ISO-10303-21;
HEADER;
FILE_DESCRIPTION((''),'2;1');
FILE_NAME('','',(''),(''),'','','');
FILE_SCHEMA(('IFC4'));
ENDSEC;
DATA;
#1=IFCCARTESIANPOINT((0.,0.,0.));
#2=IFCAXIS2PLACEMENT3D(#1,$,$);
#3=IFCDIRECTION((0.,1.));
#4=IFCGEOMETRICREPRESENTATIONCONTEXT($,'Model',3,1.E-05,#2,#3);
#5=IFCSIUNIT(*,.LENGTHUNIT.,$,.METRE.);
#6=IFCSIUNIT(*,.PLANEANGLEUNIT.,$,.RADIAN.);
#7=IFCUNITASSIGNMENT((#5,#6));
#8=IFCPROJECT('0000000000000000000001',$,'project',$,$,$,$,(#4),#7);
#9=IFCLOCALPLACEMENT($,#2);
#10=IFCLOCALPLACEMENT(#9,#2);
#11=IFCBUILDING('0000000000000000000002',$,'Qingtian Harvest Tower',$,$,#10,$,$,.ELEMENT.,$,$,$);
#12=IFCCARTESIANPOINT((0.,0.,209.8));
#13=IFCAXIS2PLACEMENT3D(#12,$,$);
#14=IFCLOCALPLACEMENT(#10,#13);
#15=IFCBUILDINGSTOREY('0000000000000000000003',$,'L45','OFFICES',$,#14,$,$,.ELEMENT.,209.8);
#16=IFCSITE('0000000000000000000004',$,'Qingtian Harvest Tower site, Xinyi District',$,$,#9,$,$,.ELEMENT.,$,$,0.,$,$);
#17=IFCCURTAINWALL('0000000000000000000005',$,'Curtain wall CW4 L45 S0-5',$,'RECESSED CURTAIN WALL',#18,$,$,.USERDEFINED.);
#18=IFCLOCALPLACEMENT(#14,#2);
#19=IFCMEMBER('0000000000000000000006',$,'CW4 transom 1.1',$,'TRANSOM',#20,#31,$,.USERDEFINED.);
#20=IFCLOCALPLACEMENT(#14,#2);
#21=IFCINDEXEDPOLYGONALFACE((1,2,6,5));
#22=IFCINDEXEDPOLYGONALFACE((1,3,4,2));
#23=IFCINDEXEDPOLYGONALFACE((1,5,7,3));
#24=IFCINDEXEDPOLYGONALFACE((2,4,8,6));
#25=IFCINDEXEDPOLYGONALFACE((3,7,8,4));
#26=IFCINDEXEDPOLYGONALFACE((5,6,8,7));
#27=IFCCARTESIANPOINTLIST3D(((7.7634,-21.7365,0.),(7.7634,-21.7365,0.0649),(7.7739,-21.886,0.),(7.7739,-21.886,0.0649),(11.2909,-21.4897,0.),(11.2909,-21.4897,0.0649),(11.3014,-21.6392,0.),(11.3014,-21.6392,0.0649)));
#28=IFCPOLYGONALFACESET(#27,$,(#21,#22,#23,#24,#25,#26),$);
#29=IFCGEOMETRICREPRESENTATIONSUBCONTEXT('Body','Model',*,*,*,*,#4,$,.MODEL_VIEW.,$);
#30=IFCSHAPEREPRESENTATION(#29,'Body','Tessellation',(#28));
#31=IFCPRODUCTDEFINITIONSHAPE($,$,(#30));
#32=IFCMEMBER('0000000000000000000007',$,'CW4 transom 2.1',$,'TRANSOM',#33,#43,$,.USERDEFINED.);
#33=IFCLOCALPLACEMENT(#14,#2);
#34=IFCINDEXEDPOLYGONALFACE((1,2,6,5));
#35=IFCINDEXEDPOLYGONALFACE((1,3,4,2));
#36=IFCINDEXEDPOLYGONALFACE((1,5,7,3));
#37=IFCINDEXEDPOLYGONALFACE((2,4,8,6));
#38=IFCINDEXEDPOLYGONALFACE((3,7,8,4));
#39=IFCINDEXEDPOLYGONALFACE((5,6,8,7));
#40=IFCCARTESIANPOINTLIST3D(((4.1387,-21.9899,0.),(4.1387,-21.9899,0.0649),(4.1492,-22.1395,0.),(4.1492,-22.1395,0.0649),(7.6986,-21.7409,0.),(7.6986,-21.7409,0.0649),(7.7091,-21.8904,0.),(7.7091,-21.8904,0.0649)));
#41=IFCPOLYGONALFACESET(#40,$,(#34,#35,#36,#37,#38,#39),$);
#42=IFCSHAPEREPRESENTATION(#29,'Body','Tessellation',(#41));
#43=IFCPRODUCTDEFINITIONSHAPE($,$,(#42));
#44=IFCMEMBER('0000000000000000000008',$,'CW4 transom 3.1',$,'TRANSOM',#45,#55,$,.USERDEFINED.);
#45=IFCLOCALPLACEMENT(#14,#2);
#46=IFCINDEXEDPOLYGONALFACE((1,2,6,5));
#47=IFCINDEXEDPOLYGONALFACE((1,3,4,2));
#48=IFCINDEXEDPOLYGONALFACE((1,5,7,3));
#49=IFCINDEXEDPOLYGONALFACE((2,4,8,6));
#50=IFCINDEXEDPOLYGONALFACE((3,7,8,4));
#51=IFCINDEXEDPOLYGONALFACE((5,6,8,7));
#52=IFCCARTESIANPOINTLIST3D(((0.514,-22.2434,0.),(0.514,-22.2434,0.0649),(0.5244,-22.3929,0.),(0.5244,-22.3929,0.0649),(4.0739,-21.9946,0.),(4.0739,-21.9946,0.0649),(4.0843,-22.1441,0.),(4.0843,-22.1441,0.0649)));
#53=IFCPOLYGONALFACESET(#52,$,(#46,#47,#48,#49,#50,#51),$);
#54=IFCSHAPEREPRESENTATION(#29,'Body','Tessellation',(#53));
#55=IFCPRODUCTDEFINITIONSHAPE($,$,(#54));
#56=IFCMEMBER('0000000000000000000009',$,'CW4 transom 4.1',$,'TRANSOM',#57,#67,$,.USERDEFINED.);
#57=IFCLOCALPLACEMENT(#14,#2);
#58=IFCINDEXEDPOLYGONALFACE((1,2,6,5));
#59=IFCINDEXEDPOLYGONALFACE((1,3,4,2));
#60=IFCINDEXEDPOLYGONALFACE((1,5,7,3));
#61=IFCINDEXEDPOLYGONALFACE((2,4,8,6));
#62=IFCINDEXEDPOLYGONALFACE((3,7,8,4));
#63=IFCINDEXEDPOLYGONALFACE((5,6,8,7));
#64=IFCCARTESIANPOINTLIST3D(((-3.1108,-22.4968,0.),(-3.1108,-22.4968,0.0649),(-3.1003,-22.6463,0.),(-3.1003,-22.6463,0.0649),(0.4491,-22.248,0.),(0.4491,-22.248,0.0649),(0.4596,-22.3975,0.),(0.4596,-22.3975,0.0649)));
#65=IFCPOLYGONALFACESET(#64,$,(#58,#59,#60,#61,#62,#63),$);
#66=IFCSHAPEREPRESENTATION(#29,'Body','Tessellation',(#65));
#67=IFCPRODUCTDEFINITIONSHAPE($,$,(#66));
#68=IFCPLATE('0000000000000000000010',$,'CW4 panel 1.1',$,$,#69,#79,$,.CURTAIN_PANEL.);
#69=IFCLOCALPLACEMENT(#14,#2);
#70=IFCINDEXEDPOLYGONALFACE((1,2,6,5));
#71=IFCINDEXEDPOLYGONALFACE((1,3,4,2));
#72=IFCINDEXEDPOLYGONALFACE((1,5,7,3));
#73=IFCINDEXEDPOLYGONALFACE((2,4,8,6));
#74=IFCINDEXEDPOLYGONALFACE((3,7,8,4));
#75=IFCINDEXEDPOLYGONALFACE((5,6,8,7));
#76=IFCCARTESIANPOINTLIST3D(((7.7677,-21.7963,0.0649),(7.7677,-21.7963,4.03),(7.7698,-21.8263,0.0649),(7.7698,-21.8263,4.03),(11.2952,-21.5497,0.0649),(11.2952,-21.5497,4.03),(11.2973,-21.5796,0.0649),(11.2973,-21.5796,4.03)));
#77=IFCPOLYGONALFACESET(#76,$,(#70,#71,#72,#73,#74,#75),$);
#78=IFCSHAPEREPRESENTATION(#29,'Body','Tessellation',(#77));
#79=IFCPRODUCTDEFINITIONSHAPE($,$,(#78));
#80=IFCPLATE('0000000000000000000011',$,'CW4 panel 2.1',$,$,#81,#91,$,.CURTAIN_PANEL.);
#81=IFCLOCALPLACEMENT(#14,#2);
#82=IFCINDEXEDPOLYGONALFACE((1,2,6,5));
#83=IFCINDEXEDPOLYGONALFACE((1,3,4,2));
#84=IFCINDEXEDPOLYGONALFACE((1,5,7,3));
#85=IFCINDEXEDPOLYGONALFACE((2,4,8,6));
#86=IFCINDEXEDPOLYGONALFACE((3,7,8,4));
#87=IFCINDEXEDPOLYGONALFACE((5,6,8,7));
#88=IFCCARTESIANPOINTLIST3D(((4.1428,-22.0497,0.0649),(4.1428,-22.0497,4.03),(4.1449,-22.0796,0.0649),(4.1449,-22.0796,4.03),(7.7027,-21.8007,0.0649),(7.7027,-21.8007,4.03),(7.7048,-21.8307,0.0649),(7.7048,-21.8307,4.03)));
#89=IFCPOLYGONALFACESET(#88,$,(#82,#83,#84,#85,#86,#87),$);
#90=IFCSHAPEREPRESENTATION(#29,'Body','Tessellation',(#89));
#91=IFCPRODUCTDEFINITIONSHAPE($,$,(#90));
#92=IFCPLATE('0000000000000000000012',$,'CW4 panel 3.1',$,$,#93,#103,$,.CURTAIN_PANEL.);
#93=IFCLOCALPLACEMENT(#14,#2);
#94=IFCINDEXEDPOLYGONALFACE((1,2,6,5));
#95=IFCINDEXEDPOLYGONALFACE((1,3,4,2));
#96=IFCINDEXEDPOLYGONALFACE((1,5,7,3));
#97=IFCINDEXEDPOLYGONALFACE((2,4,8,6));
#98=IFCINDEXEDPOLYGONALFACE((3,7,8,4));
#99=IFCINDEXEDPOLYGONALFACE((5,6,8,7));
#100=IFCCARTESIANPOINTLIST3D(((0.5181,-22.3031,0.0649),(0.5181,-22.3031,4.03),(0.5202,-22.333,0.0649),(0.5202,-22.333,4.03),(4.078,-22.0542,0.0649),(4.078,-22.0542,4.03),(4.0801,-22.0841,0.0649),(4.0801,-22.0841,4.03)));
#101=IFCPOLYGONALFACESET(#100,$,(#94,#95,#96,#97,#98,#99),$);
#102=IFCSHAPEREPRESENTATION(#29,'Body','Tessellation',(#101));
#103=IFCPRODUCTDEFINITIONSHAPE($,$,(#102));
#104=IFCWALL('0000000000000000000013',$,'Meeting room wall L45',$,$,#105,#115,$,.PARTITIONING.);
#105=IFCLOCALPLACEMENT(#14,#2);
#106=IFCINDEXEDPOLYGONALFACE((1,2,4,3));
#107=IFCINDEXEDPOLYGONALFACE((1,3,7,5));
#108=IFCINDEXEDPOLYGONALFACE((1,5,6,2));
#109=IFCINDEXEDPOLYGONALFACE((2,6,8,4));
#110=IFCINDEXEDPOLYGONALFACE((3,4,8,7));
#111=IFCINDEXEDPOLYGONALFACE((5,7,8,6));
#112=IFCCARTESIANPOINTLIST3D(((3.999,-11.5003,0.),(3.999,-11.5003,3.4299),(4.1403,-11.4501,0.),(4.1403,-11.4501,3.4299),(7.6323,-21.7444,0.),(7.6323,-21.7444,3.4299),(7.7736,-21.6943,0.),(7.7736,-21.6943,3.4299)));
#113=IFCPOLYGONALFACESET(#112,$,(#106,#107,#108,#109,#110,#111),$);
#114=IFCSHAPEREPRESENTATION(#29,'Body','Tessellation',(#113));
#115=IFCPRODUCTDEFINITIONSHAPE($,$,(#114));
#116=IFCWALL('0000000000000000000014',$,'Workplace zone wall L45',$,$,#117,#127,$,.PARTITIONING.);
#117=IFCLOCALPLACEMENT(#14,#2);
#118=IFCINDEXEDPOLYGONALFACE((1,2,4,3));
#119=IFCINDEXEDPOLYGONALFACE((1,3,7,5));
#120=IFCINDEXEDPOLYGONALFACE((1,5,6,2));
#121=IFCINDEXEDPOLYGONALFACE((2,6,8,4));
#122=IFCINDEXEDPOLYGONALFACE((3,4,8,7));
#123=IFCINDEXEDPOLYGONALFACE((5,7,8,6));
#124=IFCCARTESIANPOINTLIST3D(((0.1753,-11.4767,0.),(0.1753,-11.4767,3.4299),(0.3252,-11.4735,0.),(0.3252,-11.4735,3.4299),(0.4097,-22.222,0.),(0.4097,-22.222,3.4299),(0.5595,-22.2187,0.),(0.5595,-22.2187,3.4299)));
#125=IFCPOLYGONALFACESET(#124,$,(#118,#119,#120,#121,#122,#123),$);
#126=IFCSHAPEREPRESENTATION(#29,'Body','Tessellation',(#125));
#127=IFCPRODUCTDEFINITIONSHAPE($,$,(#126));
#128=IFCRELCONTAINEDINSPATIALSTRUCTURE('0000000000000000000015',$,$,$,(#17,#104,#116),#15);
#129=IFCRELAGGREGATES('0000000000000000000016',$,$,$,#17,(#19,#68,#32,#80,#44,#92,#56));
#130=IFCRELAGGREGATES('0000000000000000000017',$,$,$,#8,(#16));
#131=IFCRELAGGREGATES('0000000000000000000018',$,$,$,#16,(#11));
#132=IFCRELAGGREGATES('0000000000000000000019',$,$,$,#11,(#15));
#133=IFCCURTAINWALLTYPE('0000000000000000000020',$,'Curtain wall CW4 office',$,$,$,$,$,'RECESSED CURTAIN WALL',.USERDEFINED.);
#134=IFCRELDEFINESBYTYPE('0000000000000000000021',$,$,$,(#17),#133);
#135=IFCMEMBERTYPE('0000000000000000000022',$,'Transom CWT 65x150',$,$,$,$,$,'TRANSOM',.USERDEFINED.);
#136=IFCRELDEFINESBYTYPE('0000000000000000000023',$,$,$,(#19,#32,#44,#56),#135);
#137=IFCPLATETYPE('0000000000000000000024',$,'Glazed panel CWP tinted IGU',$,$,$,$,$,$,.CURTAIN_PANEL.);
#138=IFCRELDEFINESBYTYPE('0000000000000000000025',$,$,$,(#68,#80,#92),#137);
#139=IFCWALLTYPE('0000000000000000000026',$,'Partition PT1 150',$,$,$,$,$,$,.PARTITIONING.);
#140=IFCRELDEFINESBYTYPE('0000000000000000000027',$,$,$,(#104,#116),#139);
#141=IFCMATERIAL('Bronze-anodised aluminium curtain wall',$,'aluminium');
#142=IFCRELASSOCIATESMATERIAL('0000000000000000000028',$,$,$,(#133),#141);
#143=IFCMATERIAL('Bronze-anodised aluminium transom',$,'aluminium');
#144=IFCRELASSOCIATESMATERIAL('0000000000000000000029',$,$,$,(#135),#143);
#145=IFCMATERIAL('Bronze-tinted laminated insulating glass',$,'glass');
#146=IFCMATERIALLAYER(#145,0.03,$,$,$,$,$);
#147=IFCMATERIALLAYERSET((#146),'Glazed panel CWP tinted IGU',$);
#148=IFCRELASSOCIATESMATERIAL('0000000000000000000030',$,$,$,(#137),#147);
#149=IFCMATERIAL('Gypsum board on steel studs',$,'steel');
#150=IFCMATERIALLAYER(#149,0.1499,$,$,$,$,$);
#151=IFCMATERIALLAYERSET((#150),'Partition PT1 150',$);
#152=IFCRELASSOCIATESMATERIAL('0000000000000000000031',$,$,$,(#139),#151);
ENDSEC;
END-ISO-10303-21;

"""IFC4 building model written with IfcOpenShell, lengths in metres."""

from ifc_helpers import new_model, si_unit, direction, frame, frame_2d, origin, origin_2d, place, context, subcontext, project, spatial, rectangle, extrude, material, layer, layer_set, material_profile, profile_set, type_object, element, aggregate, save


model = new_model("IFC4")

# Units and contexts
model_context = context("Model", 3, precision=1e-05, world=origin(), true_north=direction((0.0, 1.0)))
body_context = subcontext(model_context, "Body", "Model", "MODEL_VIEW")
ifc_project = project(units=[si_unit("LENGTHUNIT", "METRE"), si_unit("PLANEANGLEUNIT", "RADIAN")], contexts=[model_context])

# Site, building, storey
site_placement = place(None, origin())
site = spatial("IfcSite", under=ifc_project, at=site_placement, Name="Qingtian Harvest Tower site, Xinyi District", CompositionType="ELEMENT", RefElevation=0.0)
building_placement = place(site_placement, origin())
building = spatial("IfcBuilding", under=site, at=building_placement, Name="Qingtian Harvest Tower", CompositionType="ELEMENT")
storey_placement = place(building_placement, frame((0.0, 0.0, 209.8)))
storey = spatial("IfcBuildingStorey", under=building, at=storey_placement, Name="L45", Description="OFFICES", CompositionType="ELEMENT", Elevation=209.8)

# Shared definitions
ifc_material_1 = material(Name="Bronze-anodised aluminium curtain wall", Category="aluminium")
curtain_wall_type = type_object("IfcCurtainWallType", Name="Curtain wall CW4 office", ElementType="RECESSED CURTAIN WALL", PredefinedType="USERDEFINED", material=ifc_material_1)

# Curtain wall
curtain_wall_1_placement = place(storey_placement, origin())
curtain_wall_1 = element("IfcCurtainWall", 1, at=curtain_wall_1_placement, inside=storey, type_object=curtain_wall_type, Name="Curtain wall CW4 L45 S0-5", ObjectType="RECESSED CURTAIN WALL", PredefinedType="USERDEFINED")

# Members
ifc_material_2 = material(Name="Bronze-anodised aluminium transom", Category="aluminium")
ifc_material_profile_1 = material_profile(ifc_material_2, rectangle(XDim=0.1499, YDim=0.0649, at=origin_2d()), Name="AL 65x150")
ifc_profile_set_1 = profile_set([ifc_material_profile_1], Name="Bronze-anodised aluminium transom")
member_type_1 = type_object("IfcMemberType", Name="Transom CWT 65x150", ElementType="TRANSOM", PredefinedType="USERDEFINED", material=ifc_profile_set_1)
member_1_placement = place(storey_placement, frame((11.2961, -21.5645, 0.0325), z_axis=(-0.997561, -0.0698, 0.0), x_axis=(0.0698, -0.997561, 0.0)))
member_1 = element("IfcMember", 2, at=member_1_placement, type_object=member_type_1, Name="CW4 transom 1.1", ObjectType="TRANSOM", PredefinedType="USERDEFINED", context=body_context, shape_type="SweptSolid", body=[
    extrude(rectangle(XDim=0.1499, YDim=0.0649, at=origin_2d()), origin(), (0.0, 0.0, 1.0), 3.5361),
])
member_2_placement = place(storey_placement, frame((7.7039, -21.8157, 0.0325), z_axis=(-0.997562, -0.069784, 0.0), x_axis=(0.069784, -0.997562, 0.0)))
member_2 = element("IfcMember", 3, at=member_2_placement, type_object=member_type_1, Name="CW4 transom 2.1", ObjectType="TRANSOM", PredefinedType="USERDEFINED", context=body_context, shape_type="SweptSolid", body=[
    extrude(rectangle(XDim=0.1499, YDim=0.0649, at=origin_2d()), origin(), (0.0, 0.0, 1.0), 3.5686),
])
member_3_placement = place(storey_placement, frame((4.0791, -22.0693, 0.0325), z_axis=(-0.997567, -0.069715, 0.0), x_axis=(0.069715, -0.997567, 0.0)))
member_3 = element("IfcMember", 4, at=member_3_placement, type_object=member_type_1, Name="CW4 transom 3.1", ObjectType="TRANSOM", PredefinedType="USERDEFINED", context=body_context, shape_type="SweptSolid", body=[
    extrude(rectangle(XDim=0.1499, YDim=0.0649, at=origin_2d()), origin(), (0.0, 0.0, 1.0), 3.5686),
])
member_4_placement = place(storey_placement, frame((0.4543, -22.3228, 0.0325), z_axis=(-0.997567, -0.069715, 0.0), x_axis=(0.069715, -0.997567, 0.0)))
member_4 = element("IfcMember", 5, at=member_4_placement, type_object=member_type_1, Name="CW4 transom 4.1", ObjectType="TRANSOM", PredefinedType="USERDEFINED", context=body_context, shape_type="SweptSolid", body=[
    extrude(rectangle(XDim=0.1499, YDim=0.0649, at=origin_2d()), origin(), (0.0, 0.0, 1.0), 3.5686),
])

# Plates
ifc_material_3 = material(Name="Bronze-tinted laminated insulating glass", Category="glass")
ifc_layer_1 = layer(ifc_material_3, 0.03)
ifc_layer_set_1 = layer_set([ifc_layer_1], Name="Glazed panel CWP tinted IGU")
plate_type = type_object("IfcPlateType", Name="Glazed panel CWP tinted IGU", PredefinedType="CURTAIN_PANEL", material=ifc_layer_set_1)
plate_1_placement = place(storey_placement, frame((9.5325, -21.688, 0.0649), z_axis=(0.0, 0.0, 1.0), x_axis=(-0.997564, -0.069756, 0.0)))
plate_1 = element("IfcPlate", 6, at=plate_1_placement, type_object=plate_type, Name="CW4 panel 1.1", PredefinedType="CURTAIN_PANEL", context=body_context, shape_type="SweptSolid", body=[
    extrude(rectangle(XDim=3.5361, YDim=0.03, at=origin_2d()), origin(), (0.0, 0.0, 1.0), 3.9651),
])
plate_2_placement = place(storey_placement, frame((5.9238, -21.9402, 0.0649), z_axis=(0.0, 0.0, 1.0), x_axis=(-0.997564, -0.069756, 0.0)))
plate_2 = element("IfcPlate", 7, at=plate_2_placement, type_object=plate_type, Name="CW4 panel 2.1", PredefinedType="CURTAIN_PANEL", context=body_context, shape_type="SweptSolid", body=[
    extrude(rectangle(XDim=3.5686, YDim=0.03, at=origin_2d()), origin(), (0.0, 0.0, 1.0), 3.9651),
])
plate_3_placement = place(storey_placement, frame((2.2991, -22.1936, 0.0649), z_axis=(0.0, 0.0, 1.0), x_axis=(-0.997564, -0.069756, 0.0)))
plate_3 = element("IfcPlate", 8, at=plate_3_placement, type_object=plate_type, Name="CW4 panel 3.1", PredefinedType="CURTAIN_PANEL", context=body_context, shape_type="SweptSolid", body=[
    extrude(rectangle(XDim=3.5686, YDim=0.03, at=origin_2d()), origin(), (0.0, 0.0, 1.0), 3.9651),
])
aggregate(curtain_wall_1, [member_1, plate_1, member_2, plate_2, member_3, plate_3, member_4])

# Walls
ifc_material_4 = material(Name="Gypsum board on steel studs", Category="steel")
ifc_layer_2 = layer(ifc_material_4, 0.1499)
ifc_layer_set_2 = layer_set([ifc_layer_2], Name="Partition PT1 150")
wall_type = type_object("IfcWallType", Name="Partition PT1 150", PredefinedType="PARTITIONING", material=ifc_layer_set_2)
wall_1_placement = place(storey_placement, frame((7.7029, -21.7192, 0.0), z_axis=(0.0, 0.0, 1.0), x_axis=(-0.33427, 0.942478, 0.0)))
element("IfcWall", 9, at=wall_1_placement, inside=storey, type_object=wall_type, Name="Meeting room wall L45", PredefinedType="PARTITIONING", context=body_context, shape_type="SweptSolid", body=[
    extrude(rectangle(XDim=10.8694, YDim=0.1499, at=frame_2d((5.4346, 0.0))), origin(), (0.0, 0.0, 1.0), 3.4299),
])
wall_2_placement = place(storey_placement, frame((0.4846, -22.2205, 0.0), z_axis=(0.0, 0.0, 1.0), x_axis=(-0.021807, 0.999762, 0.0)))
element("IfcWall", 10, at=wall_2_placement, inside=storey, type_object=wall_type, Name="Workplace zone wall L45", PredefinedType="PARTITIONING", context=body_context, shape_type="SweptSolid", body=[
    extrude(rectangle(XDim=10.7478, YDim=0.1499, at=frame_2d((5.374, 0.0))), origin(), (0.0, 0.0, 1.0), 3.4299),
])

save(model, "model.ifc")
